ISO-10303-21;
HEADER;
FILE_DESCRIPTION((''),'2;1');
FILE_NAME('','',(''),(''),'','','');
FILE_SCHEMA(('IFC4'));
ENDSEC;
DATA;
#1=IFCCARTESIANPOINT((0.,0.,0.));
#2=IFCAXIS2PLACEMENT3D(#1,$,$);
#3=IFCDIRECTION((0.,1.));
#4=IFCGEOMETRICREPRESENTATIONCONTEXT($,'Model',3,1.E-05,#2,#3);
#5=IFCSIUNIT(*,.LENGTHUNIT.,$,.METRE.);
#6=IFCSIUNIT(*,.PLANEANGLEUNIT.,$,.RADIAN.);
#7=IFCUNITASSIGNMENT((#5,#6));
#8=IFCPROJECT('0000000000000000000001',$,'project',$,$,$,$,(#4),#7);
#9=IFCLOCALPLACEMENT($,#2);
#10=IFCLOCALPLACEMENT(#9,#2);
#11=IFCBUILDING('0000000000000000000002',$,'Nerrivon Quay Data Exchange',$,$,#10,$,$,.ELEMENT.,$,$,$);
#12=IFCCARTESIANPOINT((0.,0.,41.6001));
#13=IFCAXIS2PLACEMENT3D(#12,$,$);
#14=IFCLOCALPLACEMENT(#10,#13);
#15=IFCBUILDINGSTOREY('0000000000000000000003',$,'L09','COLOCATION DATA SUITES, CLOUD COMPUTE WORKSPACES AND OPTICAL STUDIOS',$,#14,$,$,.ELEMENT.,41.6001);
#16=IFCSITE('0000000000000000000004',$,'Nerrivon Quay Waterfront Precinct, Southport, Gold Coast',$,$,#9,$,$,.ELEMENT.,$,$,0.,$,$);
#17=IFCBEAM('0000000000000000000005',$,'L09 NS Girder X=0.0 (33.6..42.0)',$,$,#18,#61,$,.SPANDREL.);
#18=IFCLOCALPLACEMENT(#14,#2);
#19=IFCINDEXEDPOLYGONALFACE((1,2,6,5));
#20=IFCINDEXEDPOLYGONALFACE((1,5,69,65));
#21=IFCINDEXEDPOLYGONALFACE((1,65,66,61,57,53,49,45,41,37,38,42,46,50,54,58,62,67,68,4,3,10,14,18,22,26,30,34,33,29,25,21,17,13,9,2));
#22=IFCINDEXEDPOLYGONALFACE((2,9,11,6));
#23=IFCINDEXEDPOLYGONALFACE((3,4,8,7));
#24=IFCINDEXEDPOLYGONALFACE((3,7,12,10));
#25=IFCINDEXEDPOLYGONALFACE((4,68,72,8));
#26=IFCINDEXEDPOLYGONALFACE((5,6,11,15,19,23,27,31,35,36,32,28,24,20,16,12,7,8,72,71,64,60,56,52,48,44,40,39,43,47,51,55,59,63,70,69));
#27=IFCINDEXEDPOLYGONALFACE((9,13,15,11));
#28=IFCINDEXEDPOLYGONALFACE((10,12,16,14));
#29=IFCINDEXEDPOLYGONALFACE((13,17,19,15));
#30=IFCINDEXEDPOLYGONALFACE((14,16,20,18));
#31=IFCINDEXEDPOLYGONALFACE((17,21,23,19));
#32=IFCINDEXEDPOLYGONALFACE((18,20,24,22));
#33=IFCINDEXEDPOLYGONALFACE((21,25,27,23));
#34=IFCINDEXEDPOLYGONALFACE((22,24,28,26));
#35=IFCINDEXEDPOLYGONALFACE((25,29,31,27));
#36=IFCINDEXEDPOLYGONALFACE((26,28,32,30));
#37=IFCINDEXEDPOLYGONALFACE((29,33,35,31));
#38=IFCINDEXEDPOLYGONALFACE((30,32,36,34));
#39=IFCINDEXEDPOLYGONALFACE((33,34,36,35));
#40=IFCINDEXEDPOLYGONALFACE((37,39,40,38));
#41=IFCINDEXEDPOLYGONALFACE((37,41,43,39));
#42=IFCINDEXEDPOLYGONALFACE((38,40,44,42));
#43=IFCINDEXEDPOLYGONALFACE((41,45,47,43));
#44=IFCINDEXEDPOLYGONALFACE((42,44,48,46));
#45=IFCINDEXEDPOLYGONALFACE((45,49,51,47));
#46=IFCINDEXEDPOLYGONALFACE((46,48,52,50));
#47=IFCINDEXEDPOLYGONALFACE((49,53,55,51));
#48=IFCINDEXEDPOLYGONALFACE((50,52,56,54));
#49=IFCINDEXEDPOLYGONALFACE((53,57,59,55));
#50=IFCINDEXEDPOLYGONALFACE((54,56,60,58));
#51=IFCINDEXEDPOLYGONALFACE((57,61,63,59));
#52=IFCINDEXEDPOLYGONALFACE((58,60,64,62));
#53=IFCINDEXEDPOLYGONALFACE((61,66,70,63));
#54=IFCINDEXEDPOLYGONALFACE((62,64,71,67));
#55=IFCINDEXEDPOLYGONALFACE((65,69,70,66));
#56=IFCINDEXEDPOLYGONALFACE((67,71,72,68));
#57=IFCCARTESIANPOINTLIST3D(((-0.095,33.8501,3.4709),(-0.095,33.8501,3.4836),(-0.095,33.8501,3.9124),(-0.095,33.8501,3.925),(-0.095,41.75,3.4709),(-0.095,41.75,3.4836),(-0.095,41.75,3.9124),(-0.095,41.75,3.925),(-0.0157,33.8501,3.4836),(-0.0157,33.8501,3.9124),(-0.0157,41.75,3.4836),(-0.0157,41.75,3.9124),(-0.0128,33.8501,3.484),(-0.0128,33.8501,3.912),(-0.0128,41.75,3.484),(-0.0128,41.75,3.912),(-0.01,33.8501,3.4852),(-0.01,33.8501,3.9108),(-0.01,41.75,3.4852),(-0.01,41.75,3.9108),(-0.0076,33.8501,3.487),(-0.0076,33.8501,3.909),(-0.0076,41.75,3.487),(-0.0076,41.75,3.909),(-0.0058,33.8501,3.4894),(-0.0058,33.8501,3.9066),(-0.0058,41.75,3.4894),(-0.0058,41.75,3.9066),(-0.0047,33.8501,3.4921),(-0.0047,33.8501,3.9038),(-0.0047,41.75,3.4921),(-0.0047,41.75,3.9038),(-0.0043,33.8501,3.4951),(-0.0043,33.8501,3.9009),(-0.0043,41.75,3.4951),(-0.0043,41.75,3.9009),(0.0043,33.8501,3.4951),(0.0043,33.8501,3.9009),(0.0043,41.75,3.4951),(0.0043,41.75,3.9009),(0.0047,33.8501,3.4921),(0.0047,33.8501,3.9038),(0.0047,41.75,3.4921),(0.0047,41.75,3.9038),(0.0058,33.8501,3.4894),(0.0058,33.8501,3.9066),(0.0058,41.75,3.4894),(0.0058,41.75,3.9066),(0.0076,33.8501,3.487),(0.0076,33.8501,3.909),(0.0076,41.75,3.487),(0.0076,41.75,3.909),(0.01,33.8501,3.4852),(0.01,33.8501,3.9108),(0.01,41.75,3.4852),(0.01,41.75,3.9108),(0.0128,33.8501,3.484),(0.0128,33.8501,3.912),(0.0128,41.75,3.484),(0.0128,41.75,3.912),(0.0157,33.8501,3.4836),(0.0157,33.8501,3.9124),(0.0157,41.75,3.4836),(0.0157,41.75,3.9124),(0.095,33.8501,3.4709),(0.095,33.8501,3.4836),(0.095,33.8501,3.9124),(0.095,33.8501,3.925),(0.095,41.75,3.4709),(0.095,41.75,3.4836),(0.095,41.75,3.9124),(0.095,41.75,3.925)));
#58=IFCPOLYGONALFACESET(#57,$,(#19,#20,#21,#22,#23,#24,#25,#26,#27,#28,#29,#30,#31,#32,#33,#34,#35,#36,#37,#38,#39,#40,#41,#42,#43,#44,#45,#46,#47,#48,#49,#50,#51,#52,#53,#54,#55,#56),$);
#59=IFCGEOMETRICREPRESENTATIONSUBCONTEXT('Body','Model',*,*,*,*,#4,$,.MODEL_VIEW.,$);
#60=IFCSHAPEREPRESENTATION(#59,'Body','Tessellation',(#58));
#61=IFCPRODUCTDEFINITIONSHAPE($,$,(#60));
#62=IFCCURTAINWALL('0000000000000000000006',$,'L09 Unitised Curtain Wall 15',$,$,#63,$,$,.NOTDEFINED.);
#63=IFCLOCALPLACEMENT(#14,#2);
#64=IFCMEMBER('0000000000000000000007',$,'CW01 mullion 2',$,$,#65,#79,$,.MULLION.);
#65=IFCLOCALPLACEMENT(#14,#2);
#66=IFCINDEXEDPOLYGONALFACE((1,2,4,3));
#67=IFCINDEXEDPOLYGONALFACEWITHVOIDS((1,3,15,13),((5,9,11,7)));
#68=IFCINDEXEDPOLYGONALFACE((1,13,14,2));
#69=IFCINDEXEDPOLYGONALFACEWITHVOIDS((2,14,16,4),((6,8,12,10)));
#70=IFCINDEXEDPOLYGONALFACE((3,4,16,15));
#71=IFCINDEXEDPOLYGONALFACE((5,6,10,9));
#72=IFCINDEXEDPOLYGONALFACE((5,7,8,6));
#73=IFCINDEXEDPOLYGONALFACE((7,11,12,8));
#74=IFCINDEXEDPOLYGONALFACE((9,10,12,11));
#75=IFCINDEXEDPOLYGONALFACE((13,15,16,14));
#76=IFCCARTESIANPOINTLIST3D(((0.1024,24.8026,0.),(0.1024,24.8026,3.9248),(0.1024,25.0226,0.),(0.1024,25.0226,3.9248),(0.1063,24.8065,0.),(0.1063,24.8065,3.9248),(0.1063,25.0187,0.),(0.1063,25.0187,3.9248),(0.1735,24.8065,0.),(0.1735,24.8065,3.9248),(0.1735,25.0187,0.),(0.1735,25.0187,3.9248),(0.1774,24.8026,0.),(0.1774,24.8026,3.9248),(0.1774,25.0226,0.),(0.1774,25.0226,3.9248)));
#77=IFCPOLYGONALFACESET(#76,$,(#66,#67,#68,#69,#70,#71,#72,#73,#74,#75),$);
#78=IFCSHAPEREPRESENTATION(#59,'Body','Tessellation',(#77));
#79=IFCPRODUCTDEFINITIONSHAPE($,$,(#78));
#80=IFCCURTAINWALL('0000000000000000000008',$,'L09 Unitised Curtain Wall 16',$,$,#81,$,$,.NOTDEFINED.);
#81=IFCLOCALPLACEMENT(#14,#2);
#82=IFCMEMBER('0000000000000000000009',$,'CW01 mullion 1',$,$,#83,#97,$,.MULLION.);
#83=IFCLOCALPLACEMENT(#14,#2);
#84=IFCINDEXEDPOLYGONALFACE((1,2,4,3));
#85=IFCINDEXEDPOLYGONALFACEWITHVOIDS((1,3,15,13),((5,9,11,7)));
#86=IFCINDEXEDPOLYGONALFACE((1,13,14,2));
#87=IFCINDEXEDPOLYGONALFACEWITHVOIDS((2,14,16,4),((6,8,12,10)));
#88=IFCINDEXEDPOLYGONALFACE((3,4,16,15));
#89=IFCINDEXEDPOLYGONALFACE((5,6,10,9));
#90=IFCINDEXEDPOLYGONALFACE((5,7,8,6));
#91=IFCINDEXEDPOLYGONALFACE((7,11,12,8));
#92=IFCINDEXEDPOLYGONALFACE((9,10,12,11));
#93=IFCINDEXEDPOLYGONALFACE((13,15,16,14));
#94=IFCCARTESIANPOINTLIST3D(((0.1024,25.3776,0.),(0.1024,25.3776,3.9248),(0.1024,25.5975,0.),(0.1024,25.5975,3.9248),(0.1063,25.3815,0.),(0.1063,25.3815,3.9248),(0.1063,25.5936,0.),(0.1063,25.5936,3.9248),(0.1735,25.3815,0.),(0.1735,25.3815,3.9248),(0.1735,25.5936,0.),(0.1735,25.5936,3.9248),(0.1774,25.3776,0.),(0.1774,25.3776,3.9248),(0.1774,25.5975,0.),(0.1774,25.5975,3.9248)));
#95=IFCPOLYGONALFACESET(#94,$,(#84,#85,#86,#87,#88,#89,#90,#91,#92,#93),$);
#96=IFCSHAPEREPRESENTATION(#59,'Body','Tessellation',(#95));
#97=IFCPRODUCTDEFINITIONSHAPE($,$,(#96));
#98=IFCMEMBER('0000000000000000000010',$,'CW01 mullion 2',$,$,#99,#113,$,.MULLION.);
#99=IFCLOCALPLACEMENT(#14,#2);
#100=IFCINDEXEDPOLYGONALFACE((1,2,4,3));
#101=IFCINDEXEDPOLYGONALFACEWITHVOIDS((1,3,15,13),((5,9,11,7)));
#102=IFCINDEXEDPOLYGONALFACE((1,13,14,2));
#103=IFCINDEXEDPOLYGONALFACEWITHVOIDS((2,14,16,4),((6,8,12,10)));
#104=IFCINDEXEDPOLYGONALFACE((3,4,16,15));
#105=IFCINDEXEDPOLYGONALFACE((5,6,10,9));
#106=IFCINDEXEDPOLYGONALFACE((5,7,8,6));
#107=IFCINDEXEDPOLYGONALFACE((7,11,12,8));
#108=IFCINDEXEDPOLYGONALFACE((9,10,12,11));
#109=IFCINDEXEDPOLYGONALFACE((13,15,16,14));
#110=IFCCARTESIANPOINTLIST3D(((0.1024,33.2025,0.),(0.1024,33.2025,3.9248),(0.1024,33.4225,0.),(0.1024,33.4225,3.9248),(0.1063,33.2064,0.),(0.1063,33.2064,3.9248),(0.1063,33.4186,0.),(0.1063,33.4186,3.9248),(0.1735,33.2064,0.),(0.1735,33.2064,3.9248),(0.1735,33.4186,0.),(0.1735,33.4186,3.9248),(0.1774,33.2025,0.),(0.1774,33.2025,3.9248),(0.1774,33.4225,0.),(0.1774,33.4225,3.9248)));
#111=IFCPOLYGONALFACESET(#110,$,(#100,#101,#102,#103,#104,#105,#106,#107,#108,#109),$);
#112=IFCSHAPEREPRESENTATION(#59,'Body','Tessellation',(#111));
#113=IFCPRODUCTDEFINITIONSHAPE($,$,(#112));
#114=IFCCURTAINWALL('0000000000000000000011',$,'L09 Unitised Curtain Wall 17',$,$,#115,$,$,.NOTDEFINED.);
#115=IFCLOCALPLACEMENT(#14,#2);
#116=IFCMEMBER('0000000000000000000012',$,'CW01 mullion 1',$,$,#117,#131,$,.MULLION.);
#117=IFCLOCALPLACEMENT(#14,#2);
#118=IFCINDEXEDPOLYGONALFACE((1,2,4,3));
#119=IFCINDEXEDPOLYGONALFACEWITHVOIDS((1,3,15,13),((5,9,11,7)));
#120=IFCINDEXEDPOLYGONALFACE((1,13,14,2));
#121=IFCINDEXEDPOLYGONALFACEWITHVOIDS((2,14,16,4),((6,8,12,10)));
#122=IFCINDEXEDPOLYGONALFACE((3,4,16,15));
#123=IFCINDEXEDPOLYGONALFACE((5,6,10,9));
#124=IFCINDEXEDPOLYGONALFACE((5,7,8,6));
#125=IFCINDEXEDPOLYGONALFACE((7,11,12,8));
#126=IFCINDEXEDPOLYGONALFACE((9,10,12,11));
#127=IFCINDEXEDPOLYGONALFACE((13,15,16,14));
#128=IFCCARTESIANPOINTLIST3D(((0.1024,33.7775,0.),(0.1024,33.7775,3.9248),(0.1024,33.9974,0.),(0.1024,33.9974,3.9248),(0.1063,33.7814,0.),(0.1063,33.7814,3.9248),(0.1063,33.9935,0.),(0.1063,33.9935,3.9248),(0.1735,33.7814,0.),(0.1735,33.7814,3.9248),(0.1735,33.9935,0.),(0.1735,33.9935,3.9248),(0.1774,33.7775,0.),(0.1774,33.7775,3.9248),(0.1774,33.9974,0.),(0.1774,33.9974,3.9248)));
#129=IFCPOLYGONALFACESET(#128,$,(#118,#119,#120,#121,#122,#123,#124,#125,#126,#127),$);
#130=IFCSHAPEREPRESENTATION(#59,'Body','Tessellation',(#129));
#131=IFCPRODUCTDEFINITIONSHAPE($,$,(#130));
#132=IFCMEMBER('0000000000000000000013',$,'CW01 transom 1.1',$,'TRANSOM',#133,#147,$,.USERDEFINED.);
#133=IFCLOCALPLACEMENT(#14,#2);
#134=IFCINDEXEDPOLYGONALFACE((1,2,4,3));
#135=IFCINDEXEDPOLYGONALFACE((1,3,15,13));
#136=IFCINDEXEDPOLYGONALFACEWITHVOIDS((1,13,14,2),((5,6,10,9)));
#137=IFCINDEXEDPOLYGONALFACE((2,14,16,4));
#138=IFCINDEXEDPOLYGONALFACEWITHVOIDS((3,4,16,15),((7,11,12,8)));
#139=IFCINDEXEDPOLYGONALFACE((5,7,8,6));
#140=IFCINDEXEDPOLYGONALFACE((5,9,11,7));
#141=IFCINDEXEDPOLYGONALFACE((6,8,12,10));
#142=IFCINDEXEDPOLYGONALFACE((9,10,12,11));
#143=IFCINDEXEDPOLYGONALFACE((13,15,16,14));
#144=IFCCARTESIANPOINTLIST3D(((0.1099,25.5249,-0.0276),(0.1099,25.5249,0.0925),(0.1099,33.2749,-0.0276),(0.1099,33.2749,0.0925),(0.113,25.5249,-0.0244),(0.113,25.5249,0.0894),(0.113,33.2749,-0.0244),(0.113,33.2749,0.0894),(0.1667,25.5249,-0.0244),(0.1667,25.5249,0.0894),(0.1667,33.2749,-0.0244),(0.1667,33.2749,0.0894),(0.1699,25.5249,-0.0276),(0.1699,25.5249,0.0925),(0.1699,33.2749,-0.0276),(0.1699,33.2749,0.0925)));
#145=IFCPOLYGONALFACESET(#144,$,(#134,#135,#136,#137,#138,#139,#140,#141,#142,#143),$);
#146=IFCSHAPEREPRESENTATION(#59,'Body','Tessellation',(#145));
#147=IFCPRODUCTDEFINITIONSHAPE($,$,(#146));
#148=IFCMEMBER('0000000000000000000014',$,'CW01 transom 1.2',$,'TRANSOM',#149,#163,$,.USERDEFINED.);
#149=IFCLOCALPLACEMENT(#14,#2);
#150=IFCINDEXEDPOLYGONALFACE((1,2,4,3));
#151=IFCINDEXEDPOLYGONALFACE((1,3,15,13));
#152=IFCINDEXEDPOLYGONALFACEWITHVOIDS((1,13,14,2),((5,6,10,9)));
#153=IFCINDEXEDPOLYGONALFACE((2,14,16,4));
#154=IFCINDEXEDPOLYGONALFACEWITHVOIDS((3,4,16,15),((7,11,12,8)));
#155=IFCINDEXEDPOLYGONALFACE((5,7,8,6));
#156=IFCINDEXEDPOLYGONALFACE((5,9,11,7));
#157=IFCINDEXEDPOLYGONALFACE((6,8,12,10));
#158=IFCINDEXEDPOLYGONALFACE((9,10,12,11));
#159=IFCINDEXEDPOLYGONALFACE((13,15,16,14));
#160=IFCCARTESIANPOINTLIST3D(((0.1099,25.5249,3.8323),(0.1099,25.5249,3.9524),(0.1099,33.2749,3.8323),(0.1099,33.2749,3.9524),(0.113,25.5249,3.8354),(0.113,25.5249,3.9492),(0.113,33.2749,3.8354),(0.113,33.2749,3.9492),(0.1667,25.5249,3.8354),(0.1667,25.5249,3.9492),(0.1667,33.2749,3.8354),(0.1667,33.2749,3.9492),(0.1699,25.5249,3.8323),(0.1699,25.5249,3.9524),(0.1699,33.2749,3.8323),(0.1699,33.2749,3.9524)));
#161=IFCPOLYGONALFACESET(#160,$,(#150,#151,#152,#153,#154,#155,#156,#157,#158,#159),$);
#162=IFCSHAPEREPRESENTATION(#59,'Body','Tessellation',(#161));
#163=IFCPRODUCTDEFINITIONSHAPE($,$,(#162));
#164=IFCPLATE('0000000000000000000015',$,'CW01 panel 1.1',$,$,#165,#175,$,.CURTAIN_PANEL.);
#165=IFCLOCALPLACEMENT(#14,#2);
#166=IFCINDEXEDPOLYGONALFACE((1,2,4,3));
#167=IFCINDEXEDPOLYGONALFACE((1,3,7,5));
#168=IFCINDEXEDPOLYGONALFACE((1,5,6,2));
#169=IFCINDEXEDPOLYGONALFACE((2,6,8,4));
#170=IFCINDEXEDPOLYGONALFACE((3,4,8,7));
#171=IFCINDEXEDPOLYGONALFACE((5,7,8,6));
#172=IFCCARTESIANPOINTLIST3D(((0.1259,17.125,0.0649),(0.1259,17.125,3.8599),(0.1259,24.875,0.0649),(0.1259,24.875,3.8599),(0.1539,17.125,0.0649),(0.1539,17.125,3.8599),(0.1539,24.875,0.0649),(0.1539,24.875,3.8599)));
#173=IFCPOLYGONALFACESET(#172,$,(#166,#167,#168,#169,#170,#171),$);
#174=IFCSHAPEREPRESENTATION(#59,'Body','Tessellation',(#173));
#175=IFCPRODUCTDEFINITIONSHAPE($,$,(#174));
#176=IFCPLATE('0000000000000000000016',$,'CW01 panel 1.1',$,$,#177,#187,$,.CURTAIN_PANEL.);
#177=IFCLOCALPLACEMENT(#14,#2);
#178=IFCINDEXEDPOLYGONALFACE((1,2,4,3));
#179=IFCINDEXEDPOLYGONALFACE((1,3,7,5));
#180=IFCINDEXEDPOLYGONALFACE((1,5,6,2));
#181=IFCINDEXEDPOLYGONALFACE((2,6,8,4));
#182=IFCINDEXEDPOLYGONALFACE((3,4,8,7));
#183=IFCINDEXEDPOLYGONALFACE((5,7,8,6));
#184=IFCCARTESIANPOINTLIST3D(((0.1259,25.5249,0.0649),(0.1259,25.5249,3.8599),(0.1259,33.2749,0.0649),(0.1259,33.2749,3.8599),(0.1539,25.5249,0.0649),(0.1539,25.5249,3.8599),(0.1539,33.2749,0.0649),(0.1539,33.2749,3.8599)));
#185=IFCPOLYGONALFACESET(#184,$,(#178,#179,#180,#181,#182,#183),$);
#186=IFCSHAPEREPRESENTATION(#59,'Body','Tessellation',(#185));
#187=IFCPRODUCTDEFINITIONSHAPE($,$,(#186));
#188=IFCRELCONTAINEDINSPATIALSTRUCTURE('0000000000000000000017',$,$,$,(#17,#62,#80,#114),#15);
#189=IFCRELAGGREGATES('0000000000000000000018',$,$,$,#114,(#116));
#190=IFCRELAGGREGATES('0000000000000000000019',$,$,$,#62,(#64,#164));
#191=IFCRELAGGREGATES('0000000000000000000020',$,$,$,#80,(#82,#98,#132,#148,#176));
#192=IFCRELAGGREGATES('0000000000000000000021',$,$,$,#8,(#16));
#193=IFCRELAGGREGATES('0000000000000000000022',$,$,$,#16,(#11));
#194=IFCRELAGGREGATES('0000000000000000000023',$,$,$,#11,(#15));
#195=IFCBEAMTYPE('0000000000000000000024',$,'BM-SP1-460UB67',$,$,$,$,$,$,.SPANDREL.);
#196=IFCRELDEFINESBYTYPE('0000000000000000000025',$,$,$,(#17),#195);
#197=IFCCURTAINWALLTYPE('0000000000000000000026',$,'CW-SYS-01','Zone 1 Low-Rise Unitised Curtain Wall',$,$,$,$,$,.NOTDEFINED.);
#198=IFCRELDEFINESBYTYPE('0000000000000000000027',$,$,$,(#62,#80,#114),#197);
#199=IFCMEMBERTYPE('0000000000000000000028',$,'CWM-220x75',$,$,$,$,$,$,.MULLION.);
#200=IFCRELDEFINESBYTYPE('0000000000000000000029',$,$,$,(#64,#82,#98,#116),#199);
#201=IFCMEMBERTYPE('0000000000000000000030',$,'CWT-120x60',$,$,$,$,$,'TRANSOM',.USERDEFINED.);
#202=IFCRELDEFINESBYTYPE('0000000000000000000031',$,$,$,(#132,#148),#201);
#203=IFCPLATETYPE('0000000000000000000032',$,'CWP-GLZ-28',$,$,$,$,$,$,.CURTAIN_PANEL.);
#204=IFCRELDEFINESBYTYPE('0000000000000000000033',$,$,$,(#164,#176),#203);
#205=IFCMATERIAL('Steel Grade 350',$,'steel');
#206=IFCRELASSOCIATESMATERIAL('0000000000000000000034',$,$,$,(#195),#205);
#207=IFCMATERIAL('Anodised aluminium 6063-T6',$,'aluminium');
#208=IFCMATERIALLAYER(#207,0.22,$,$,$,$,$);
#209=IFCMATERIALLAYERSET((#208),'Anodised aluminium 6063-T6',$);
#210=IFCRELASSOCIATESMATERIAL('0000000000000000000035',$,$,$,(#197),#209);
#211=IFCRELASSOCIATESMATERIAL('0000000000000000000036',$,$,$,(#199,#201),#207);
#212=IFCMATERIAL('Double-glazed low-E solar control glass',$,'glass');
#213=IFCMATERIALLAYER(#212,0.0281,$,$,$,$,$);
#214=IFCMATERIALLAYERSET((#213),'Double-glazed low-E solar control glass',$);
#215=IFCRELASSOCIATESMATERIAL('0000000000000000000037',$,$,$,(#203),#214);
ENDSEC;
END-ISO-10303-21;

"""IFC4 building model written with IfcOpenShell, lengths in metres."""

from ifc_helpers import new_model, si_unit, direction, frame, origin, origin_2d, place, context, subcontext, project, spatial, rectangle, hollow_rectangle, i_section, extrude, material, layer, layer_set, material_profile, profile_set, type_object, element, aggregate, save


model = new_model("IFC4")

# Units and contexts
model_context = context("Model", 3, precision=1e-05, world=origin(), true_north=direction((0.0, 1.0)))
body_context = subcontext(model_context, "Body", "Model", "MODEL_VIEW")
ifc_project = project(units=[si_unit("LENGTHUNIT", "METRE"), si_unit("PLANEANGLEUNIT", "RADIAN")], contexts=[model_context])

# Site, building, storey
site_placement = place(None, origin())
site = spatial("IfcSite", under=ifc_project, at=site_placement, Name="Nerrivon Quay Waterfront Precinct, Southport, Gold Coast", CompositionType="ELEMENT", RefElevation=0.0)
building_placement = place(site_placement, origin())
building = spatial("IfcBuilding", under=site, at=building_placement, Name="Nerrivon Quay Data Exchange", CompositionType="ELEMENT")
storey_placement = place(building_placement, frame((0.0, 0.0, 41.6001)))
storey = spatial("IfcBuildingStorey", under=building, at=storey_placement, Name="L09", Description="COLOCATION DATA SUITES, CLOUD COMPUTE WORKSPACES AND OPTICAL STUDIOS", CompositionType="ELEMENT", Elevation=41.6001)

# Shared definitions
ifc_material_1 = material(Name="Steel Grade 350", Category="steel")

# Beam
ifc_material_profile_1 = material_profile(ifc_material_1, i_section(OverallWidth=0.1899, OverallDepth=0.4541, WebThickness=0.0085, FlangeThickness=0.0127, FilletRadius=0.0115, at=origin_2d()), Name="460UB67.1")
ifc_profile_set_1 = profile_set([ifc_material_profile_1], Name="Steel Grade 350")
beam_type_1 = type_object("IfcBeamType", Name="BM-SP1-460UB67", PredefinedType="SPANDREL", material=ifc_profile_set_1)
beam_1_placement = place(storey_placement, frame((0.0, 33.8501, 3.698), z_axis=(0.0, 1.0, 0.0), x_axis=(-1.0, 0.0, 0.0)))
element("IfcBeam", 1, at=beam_1_placement, inside=storey, type_object=beam_type_1, Name="L09 NS Girder X=0.0 (33.6..42.0)", PredefinedType="SPANDREL", context=body_context, shape_type="SweptSolid", body=[
    extrude(i_section(OverallWidth=0.1899, OverallDepth=0.4541, WebThickness=0.0085, FlangeThickness=0.0127, FilletRadius=0.0115, at=origin_2d()), origin(), (0.0, 0.0, 1.0), 7.8999),
])

# Curtain wall, member
ifc_material_2 = material(Name="Anodised aluminium 6063-T6", Category="aluminium")
ifc_layer_1 = layer(ifc_material_2, 0.22)
ifc_layer_set_1 = layer_set([ifc_layer_1], Name="Anodised aluminium 6063-T6")
curtain_wall_type = type_object("IfcCurtainWallType", Name="CW-SYS-01", Description="Zone 1 Low-Rise Unitised Curtain Wall", PredefinedType="NOTDEFINED", material=ifc_layer_set_1)
curtain_wall_1_placement = place(storey_placement, origin())
curtain_wall_1 = element("IfcCurtainWall", 2, at=curtain_wall_1_placement, inside=storey, type_object=curtain_wall_type, Name="L09 Unitised Curtain Wall 15", PredefinedType="NOTDEFINED")
ifc_material_profile_2 = material_profile(ifc_material_2, hollow_rectangle(XDim=0.075, YDim=0.22, WallThickness=0.0039, at=origin_2d()), Name="ALU-MULL-220x75")
ifc_profile_set_2 = profile_set([ifc_material_profile_2], Name="Anodised aluminium 6063-T6")
member_type_1 = type_object("IfcMemberType", Name="CWM-220x75", PredefinedType="MULLION", material=ifc_profile_set_2)
member_1_placement = place(storey_placement, frame((0.1399, 24.9126, 0.0), z_axis=(0.0, 0.0, 1.0), x_axis=(-1.0, 0.0, 0.0)))
member_1 = element("IfcMember", 3, at=member_1_placement, type_object=member_type_1, Name="CW01 mullion 2", PredefinedType="MULLION", context=body_context, shape_type="SweptSolid", body=[
    extrude(hollow_rectangle(XDim=0.075, YDim=0.22, WallThickness=0.0039, at=origin_2d()), origin(), (0.0, 0.0, 1.0), 3.9248),
])

# Curtain wall, members
curtain_wall_2_placement = place(storey_placement, origin())
curtain_wall_2 = element("IfcCurtainWall", 4, at=curtain_wall_2_placement, inside=storey, type_object=curtain_wall_type, Name="L09 Unitised Curtain Wall 16", PredefinedType="NOTDEFINED")
member_2_placement = place(storey_placement, frame((0.1399, 25.4875, 0.0), z_axis=(0.0, 0.0, 1.0), x_axis=(-1.0, 0.0, 0.0)))
member_2 = element("IfcMember", 5, at=member_2_placement, type_object=member_type_1, Name="CW01 mullion 1", PredefinedType="MULLION", context=body_context, shape_type="SweptSolid", body=[
    extrude(hollow_rectangle(XDim=0.075, YDim=0.22, WallThickness=0.0039, at=origin_2d()), origin(), (0.0, 0.0, 1.0), 3.9248),
])
member_3_placement = place(storey_placement, frame((0.1399, 33.3125, 0.0), z_axis=(0.0, 0.0, 1.0), x_axis=(-1.0, 0.0, 0.0)))
member_3 = element("IfcMember", 6, at=member_3_placement, type_object=member_type_1, Name="CW01 mullion 2", PredefinedType="MULLION", context=body_context, shape_type="SweptSolid", body=[
    extrude(hollow_rectangle(XDim=0.075, YDim=0.22, WallThickness=0.0039, at=origin_2d()), origin(), (0.0, 0.0, 1.0), 3.9248),
])

# Curtain wall, member
curtain_wall_3_placement = place(storey_placement, origin())
curtain_wall_3 = element("IfcCurtainWall", 7, at=curtain_wall_3_placement, inside=storey, type_object=curtain_wall_type, Name="L09 Unitised Curtain Wall 17", PredefinedType="NOTDEFINED")
member_4_placement = place(storey_placement, frame((0.1399, 33.8875, 0.0), z_axis=(0.0, 0.0, 1.0), x_axis=(-1.0, 0.0, 0.0)))
member_4 = element("IfcMember", 8, at=member_4_placement, type_object=member_type_1, Name="CW01 mullion 1", PredefinedType="MULLION", context=body_context, shape_type="SweptSolid", body=[
    extrude(hollow_rectangle(XDim=0.075, YDim=0.22, WallThickness=0.0039, at=origin_2d()), origin(), (0.0, 0.0, 1.0), 3.9248),
])
aggregate(curtain_wall_3, [member_4])

# Members
ifc_material_profile_3 = material_profile(ifc_material_2, hollow_rectangle(XDim=0.0601, YDim=0.1201, WallThickness=0.0032, at=origin_2d()), Name="ALU-TRAN-120x60")
ifc_profile_set_3 = profile_set([ifc_material_profile_3], Name="Anodised aluminium 6063-T6")
member_type_2 = type_object("IfcMemberType", Name="CWT-120x60", ElementType="TRANSOM", PredefinedType="USERDEFINED", material=ifc_profile_set_3)
member_5_placement = place(storey_placement, frame((0.1399, 25.5249, 0.0325), z_axis=(0.0, 1.0, 0.0), x_axis=(-1.0, 0.0, 0.0)))
member_5 = element("IfcMember", 9, at=member_5_placement, type_object=member_type_2, Name="CW01 transom 1.1", ObjectType="TRANSOM", PredefinedType="USERDEFINED", context=body_context, shape_type="SweptSolid", body=[
    extrude(hollow_rectangle(XDim=0.0601, YDim=0.1201, WallThickness=0.0032, at=origin_2d()), origin(), (0.0, 0.0, 1.0), 7.75),
])
member_6_placement = place(storey_placement, frame((0.1399, 25.5249, 3.8923), z_axis=(0.0, 1.0, 0.0), x_axis=(-1.0, 0.0, 0.0)))
member_6 = element("IfcMember", 10, at=member_6_placement, type_object=member_type_2, Name="CW01 transom 1.2", ObjectType="TRANSOM", PredefinedType="USERDEFINED", context=body_context, shape_type="SweptSolid", body=[
    extrude(hollow_rectangle(XDim=0.0601, YDim=0.1201, WallThickness=0.0032, at=origin_2d()), origin(), (0.0, 0.0, 1.0), 7.75),
])

# Plates
ifc_material_3 = material(Name="Double-glazed low-E solar control glass", Category="glass")
ifc_layer_2 = layer(ifc_material_3, 0.0281)
ifc_layer_set_2 = layer_set([ifc_layer_2], Name="Double-glazed low-E solar control glass")
plate_type = type_object("IfcPlateType", Name="CWP-GLZ-28", PredefinedType="CURTAIN_PANEL", material=ifc_layer_set_2)
plate_1_placement = place(storey_placement, frame((0.1399, 21.0, 0.0649), z_axis=(0.0, 0.0, 1.0), x_axis=(0.0, 1.0, 0.0)))
plate_1 = element("IfcPlate", 11, at=plate_1_placement, type_object=plate_type, Name="CW01 panel 1.1", PredefinedType="CURTAIN_PANEL", context=body_context, shape_type="SweptSolid", body=[
    extrude(rectangle(XDim=7.75, YDim=0.0281, at=origin_2d()), origin(), (0.0, 0.0, 1.0), 3.7949),
])
aggregate(curtain_wall_1, [member_1, plate_1])
plate_2_placement = place(storey_placement, frame((0.1399, 29.3999, 0.0649), z_axis=(0.0, 0.0, 1.0), x_axis=(0.0, 1.0, 0.0)))
plate_2 = element("IfcPlate", 12, at=plate_2_placement, type_object=plate_type, Name="CW01 panel 1.1", PredefinedType="CURTAIN_PANEL", context=body_context, shape_type="SweptSolid", body=[
    extrude(rectangle(XDim=7.75, YDim=0.0281, at=origin_2d()), origin(), (0.0, 0.0, 1.0), 3.7949),
])
aggregate(curtain_wall_2, [member_2, member_3, member_5, member_6, plate_2])

save(model, "model.ifc")
